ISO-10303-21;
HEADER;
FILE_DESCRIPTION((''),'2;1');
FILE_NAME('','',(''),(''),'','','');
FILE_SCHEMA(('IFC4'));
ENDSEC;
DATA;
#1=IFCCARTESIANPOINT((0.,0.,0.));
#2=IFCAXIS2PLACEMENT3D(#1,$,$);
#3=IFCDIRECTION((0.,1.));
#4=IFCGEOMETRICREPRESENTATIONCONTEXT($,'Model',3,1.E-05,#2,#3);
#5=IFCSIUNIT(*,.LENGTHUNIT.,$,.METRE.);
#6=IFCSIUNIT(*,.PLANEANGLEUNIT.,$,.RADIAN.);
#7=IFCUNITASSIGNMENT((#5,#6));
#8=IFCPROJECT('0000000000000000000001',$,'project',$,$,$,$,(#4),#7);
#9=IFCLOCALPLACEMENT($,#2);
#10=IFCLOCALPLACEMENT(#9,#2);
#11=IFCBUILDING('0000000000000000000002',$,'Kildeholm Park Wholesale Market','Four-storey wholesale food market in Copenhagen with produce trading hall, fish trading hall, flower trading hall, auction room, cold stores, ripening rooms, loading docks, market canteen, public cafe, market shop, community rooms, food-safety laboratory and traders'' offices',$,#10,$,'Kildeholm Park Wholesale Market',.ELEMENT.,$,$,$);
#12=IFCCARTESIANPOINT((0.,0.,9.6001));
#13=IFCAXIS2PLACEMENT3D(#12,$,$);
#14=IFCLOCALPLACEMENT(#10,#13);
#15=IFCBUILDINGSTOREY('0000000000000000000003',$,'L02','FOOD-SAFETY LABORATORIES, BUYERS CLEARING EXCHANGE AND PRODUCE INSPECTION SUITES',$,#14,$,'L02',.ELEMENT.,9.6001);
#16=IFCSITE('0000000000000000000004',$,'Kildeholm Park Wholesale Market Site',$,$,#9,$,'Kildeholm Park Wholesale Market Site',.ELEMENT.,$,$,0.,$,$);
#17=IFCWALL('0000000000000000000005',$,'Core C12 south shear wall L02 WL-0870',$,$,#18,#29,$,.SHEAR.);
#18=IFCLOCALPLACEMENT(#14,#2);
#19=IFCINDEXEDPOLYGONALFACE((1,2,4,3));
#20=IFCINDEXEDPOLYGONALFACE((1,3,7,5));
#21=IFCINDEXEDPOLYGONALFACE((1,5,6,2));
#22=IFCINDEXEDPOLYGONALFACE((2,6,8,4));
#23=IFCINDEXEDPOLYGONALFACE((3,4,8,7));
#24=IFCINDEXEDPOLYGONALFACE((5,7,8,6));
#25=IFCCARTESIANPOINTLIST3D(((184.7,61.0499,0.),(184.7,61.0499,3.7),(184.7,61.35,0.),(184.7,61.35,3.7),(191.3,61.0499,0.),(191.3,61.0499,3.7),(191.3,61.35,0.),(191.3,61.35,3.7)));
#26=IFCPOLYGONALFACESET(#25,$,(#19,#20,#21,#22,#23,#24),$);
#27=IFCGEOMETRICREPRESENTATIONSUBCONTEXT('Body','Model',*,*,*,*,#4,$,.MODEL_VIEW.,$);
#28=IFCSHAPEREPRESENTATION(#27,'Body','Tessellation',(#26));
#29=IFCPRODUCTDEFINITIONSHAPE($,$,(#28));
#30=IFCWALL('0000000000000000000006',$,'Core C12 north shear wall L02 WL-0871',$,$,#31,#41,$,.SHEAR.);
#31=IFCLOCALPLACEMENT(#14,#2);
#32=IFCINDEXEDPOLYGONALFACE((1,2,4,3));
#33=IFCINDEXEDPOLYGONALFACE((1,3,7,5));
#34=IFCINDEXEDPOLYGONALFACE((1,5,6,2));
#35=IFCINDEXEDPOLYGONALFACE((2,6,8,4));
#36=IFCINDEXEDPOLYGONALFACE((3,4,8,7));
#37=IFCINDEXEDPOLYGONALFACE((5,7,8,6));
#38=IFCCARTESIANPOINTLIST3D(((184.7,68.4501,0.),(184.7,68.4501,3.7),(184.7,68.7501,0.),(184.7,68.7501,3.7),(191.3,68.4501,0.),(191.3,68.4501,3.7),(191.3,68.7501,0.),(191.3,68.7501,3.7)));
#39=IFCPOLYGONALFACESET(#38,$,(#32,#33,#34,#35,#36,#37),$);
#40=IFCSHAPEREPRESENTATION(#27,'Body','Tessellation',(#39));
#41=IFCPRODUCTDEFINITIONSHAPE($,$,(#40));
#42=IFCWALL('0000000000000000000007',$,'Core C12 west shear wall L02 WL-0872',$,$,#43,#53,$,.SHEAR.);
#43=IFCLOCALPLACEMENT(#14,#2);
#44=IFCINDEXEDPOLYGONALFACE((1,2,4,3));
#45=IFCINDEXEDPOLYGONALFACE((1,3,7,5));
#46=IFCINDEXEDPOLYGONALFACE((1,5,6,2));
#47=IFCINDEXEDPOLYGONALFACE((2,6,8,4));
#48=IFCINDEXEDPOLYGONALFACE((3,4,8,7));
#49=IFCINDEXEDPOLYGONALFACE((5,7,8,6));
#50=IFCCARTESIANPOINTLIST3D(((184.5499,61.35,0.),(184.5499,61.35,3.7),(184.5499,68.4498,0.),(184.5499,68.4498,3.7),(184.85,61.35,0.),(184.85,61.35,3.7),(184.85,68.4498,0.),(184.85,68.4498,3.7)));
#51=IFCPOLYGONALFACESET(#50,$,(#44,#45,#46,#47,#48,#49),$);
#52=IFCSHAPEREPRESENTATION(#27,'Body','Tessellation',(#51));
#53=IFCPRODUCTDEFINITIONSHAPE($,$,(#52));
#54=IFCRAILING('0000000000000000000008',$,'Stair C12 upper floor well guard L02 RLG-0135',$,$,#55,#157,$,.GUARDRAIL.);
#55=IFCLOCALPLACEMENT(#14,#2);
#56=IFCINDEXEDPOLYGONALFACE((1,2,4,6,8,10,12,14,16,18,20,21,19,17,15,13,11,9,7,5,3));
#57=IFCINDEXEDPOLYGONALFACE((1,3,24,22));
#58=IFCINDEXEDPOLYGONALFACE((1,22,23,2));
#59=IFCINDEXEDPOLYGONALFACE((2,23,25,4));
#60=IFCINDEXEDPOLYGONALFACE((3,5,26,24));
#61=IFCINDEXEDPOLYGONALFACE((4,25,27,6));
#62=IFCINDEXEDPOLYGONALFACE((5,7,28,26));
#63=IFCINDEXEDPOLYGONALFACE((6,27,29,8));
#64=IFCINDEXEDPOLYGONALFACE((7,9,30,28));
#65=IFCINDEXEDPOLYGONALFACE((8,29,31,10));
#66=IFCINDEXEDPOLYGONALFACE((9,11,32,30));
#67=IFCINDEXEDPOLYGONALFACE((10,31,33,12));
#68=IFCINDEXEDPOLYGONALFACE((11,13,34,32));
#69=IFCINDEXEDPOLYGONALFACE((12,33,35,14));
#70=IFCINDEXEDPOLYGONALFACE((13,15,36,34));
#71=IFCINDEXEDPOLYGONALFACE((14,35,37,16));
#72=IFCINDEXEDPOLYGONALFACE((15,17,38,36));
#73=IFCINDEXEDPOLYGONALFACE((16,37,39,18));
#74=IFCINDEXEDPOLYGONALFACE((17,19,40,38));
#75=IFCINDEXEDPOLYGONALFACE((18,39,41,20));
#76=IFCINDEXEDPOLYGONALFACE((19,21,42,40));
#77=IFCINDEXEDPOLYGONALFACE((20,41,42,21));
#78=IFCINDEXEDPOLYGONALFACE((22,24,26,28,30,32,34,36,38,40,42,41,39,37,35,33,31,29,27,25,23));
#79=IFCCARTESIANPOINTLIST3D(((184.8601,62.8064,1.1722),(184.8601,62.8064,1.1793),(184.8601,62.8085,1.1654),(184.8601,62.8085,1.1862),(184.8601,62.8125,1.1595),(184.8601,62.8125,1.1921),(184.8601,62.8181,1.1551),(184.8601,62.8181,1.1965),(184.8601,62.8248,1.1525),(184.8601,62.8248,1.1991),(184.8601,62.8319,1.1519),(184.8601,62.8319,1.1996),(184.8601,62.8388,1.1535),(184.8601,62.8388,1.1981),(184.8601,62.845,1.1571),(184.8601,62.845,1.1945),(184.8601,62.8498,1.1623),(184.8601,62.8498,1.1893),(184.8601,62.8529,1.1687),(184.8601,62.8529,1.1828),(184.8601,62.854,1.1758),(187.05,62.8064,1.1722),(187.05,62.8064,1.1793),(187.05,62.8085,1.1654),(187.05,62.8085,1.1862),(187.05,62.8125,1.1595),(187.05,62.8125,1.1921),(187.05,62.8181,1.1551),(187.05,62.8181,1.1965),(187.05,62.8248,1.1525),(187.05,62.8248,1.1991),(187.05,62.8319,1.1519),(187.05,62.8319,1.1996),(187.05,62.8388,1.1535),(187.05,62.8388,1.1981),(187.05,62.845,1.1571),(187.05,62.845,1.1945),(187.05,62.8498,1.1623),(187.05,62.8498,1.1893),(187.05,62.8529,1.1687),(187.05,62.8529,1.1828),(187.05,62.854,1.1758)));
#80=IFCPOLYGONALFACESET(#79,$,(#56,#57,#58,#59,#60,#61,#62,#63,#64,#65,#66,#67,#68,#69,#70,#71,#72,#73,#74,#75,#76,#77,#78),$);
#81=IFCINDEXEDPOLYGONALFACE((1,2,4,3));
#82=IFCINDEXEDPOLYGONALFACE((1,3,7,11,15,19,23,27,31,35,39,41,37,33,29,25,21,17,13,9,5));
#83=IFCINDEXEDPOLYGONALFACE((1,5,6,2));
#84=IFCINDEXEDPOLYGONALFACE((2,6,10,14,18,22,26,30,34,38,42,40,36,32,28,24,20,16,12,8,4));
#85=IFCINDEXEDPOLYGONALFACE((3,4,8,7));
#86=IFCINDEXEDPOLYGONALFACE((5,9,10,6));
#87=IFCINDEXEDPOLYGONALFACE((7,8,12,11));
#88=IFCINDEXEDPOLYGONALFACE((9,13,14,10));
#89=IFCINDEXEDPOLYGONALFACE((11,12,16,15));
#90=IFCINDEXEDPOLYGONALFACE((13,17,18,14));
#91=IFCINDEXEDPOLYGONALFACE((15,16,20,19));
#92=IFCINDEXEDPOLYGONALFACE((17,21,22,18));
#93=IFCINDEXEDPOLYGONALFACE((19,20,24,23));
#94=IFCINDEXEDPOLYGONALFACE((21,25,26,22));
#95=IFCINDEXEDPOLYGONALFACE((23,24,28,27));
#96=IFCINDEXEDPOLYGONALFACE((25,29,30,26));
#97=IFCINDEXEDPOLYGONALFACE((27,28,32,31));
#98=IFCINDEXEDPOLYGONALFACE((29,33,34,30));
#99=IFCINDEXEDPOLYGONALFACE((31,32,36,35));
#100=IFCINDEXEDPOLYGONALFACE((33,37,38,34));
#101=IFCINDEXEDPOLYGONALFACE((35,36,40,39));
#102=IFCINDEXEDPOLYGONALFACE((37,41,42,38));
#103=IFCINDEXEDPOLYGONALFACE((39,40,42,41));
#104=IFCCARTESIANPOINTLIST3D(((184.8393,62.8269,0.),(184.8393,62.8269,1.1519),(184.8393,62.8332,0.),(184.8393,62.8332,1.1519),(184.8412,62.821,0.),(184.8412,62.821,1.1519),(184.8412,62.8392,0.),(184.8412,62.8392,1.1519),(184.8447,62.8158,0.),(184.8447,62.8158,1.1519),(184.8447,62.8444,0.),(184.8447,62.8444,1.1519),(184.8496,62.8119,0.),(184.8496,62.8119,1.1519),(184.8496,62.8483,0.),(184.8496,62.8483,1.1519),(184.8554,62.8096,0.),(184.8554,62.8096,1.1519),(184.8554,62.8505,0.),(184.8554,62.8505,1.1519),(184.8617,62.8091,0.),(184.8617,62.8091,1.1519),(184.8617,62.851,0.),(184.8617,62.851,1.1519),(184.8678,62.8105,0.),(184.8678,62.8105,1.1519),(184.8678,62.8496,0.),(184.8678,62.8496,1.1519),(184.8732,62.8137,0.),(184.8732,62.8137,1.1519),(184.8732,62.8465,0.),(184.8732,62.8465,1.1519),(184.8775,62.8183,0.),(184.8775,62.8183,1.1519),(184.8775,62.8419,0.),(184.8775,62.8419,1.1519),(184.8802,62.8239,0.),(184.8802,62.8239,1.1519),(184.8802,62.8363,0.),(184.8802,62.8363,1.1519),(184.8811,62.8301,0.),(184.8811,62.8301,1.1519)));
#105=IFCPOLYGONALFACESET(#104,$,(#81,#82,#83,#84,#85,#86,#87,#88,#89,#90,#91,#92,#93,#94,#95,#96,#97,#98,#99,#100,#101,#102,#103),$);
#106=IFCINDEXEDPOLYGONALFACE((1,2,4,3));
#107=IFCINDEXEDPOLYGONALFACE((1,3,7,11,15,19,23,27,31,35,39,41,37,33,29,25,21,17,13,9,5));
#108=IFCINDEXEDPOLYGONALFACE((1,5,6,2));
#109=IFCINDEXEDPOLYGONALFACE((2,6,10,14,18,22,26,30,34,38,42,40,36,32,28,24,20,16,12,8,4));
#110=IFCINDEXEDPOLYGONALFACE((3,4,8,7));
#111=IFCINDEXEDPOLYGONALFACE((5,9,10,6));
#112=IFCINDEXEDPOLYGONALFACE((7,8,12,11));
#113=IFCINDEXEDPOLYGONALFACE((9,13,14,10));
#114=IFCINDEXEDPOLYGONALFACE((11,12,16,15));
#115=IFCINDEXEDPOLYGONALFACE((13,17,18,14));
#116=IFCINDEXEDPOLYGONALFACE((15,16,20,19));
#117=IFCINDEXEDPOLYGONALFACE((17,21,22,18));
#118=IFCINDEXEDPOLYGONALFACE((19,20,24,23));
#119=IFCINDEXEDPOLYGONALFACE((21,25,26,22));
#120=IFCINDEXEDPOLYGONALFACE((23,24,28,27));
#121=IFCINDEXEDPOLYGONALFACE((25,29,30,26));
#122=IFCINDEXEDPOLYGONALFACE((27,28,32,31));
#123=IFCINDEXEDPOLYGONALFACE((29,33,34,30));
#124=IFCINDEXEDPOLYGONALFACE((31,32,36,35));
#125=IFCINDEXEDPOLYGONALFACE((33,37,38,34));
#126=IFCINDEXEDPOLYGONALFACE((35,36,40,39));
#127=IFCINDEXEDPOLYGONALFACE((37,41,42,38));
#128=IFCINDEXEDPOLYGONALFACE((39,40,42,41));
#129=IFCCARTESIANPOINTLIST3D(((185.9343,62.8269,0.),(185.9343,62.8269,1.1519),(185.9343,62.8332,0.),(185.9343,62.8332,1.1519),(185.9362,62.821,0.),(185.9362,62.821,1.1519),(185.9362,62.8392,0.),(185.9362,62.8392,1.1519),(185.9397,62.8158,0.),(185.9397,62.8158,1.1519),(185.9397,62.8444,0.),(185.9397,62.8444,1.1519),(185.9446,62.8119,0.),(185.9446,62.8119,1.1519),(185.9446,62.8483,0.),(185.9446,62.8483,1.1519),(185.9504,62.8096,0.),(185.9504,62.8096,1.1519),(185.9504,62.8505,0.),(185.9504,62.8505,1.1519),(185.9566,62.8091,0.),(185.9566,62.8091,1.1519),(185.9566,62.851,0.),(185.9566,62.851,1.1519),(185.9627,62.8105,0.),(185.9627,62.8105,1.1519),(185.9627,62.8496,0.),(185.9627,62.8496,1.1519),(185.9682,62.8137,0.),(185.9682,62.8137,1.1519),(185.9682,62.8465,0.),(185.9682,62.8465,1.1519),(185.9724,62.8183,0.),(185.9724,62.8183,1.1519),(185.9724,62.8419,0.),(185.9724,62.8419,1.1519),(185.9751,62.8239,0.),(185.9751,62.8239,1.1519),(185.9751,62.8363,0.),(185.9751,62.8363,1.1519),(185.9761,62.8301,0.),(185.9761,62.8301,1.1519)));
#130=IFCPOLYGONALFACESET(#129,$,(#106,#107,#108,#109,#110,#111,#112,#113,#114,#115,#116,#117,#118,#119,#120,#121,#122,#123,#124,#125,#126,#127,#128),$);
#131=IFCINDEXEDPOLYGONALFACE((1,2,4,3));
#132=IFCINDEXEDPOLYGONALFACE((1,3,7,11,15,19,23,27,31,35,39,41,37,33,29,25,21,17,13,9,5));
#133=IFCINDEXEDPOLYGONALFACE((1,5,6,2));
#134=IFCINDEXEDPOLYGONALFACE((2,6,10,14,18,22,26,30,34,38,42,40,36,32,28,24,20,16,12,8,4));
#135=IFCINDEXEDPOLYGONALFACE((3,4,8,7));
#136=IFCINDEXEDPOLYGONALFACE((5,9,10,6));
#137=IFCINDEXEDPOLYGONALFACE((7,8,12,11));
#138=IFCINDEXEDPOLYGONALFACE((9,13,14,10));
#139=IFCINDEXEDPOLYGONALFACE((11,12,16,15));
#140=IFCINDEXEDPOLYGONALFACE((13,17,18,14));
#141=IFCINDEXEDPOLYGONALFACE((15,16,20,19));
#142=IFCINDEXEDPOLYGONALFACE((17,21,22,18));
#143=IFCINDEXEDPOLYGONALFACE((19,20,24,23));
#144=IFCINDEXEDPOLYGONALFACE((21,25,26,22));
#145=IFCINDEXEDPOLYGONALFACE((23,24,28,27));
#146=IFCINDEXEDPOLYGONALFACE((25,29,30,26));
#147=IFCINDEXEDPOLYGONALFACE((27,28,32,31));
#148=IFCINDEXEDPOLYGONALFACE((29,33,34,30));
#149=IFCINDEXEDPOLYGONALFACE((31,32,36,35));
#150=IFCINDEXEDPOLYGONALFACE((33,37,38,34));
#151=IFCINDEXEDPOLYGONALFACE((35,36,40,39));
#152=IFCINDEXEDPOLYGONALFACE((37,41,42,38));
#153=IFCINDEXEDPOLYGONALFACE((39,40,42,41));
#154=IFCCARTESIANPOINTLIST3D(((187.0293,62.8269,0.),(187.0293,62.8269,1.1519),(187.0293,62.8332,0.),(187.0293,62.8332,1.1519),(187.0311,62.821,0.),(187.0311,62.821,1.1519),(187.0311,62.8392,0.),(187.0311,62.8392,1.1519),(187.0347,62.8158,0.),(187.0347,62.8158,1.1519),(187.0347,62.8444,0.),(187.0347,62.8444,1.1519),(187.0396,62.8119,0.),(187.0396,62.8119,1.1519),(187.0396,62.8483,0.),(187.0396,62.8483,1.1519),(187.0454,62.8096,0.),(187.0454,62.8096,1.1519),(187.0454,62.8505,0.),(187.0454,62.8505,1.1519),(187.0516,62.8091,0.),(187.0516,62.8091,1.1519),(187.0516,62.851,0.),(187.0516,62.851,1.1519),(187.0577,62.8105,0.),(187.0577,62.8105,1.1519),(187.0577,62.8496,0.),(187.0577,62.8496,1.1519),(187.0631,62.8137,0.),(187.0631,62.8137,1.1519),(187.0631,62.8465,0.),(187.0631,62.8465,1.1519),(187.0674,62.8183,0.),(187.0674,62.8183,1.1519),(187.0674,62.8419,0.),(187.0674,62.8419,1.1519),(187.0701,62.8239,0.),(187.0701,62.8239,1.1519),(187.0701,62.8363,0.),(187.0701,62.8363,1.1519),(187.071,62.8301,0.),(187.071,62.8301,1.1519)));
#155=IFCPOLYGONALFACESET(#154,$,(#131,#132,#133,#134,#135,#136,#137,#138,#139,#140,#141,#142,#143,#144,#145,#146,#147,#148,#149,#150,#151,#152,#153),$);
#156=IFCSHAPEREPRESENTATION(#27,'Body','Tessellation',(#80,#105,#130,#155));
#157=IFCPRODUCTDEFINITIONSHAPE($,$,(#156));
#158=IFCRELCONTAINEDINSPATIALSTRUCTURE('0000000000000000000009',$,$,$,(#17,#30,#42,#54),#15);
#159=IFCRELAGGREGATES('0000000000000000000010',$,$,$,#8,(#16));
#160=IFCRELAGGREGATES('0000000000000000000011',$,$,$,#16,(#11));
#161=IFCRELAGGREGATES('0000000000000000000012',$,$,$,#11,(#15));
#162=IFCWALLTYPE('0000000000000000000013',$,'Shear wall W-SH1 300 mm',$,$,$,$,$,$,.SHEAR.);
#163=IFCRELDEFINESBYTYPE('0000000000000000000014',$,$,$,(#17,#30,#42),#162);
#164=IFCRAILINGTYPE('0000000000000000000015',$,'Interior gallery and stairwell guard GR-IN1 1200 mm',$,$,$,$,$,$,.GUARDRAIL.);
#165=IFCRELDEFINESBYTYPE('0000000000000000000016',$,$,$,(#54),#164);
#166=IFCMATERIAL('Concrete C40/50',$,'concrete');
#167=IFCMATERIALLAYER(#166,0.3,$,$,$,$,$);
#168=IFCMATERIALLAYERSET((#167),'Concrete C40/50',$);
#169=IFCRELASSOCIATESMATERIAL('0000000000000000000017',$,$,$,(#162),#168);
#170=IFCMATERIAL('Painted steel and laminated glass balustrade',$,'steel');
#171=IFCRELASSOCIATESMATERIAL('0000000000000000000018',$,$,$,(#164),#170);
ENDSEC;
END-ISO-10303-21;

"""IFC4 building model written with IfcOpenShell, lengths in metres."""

from ifc_helpers import new_model, si_unit, direction, frame, frame_2d, origin, origin_2d, place, context, subcontext, project, spatial, rectangle, circle, extrude, material, layer, layer_set, type_object, element, save


model = new_model("IFC4")

# Units and contexts
model_context = context("Model", 3, precision=1e-05, world=origin(), true_north=direction((0.0, 1.0)))
body_context = subcontext(model_context, "Body", "Model", "MODEL_VIEW")
ifc_project = project(units=[si_unit("LENGTHUNIT", "METRE"), si_unit("PLANEANGLEUNIT", "RADIAN")], contexts=[model_context])

# Site, building, storey
site_placement = place(None, origin())
site = spatial("IfcSite", under=ifc_project, at=site_placement, Name="Kildeholm Park Wholesale Market Site", LongName="Kildeholm Park Wholesale Market Site", CompositionType="ELEMENT", RefElevation=0.0)
building_placement = place(site_placement, origin())
building = spatial("IfcBuilding", under=site, at=building_placement, Name="Kildeholm Park Wholesale Market", Description="Four-storey wholesale food market in Copenhagen with produce trading hall, fish trading hall, flower trading hall, auction room, cold stores, ripening rooms, loading docks, market canteen, public cafe, market shop, community rooms, food-safety laboratory and traders' offices", LongName="Kildeholm Park Wholesale Market", CompositionType="ELEMENT")
storey_placement = place(building_placement, frame((0.0, 0.0, 9.6001)))
storey = spatial("IfcBuildingStorey", under=building, at=storey_placement, Name="L02", Description="FOOD-SAFETY LABORATORIES, BUYERS CLEARING EXCHANGE AND PRODUCE INSPECTION SUITES", LongName="L02", CompositionType="ELEMENT", Elevation=9.6001)

# Walls
ifc_material_1 = material(Name="Concrete C40/50", Category="concrete")
ifc_layer_1 = layer(ifc_material_1, 0.3)
ifc_layer_set_1 = layer_set([ifc_layer_1], Name="Concrete C40/50")
wall_type_1 = type_object("IfcWallType", Name="Shear wall W-SH1 300 mm", PredefinedType="SHEAR", material=ifc_layer_set_1)
for number, where, z_axis, x_axis, name in (
    (1, (184.7, 61.2, 0.0), (0.0, 0.0, 1.0), (1.0, 0.0, 0.0), "Core C12 south shear wall L02 WL-0870"),
    (2, (184.7, 68.6001, 0.0), (0.0, 0.0, 1.0), (1.0, 0.0, 0.0), "Core C12 north shear wall L02 WL-0871"),
):
    element("IfcWall", number, at=place(storey_placement, frame(where, z_axis=z_axis, x_axis=x_axis)), inside=storey, type_object=wall_type_1, Name=name, PredefinedType="SHEAR", context=body_context, shape_type="SweptSolid", body=[
        extrude(rectangle(XDim=6.6001, YDim=0.3, at=frame_2d((3.3, 0.0))), origin(), (0.0, 0.0, 1.0), 3.7),
    ])
wall_1_placement = place(storey_placement, frame((184.7, 61.3501, 0.0), z_axis=(0.0, 0.0, 1.0), x_axis=(0.0, 1.0, 0.0)))
element("IfcWall", 3, at=wall_1_placement, inside=storey, type_object=wall_type_1, Name="Core C12 west shear wall L02 WL-0872", PredefinedType="SHEAR", context=body_context, shape_type="SweptSolid", body=[
    extrude(rectangle(XDim=7.0999, YDim=0.3, at=frame_2d((3.5498, 0.0))), origin(), (0.0, 0.0, 1.0), 3.7),
])

# Railing
ifc_material_2 = material(Name="Painted steel and laminated glass balustrade", Category="steel")
railing_type = type_object("IfcRailingType", Name="Interior gallery and stairwell guard GR-IN1 1200 mm", PredefinedType="GUARDRAIL", material=ifc_material_2)
railing_placement = place(storey_placement, frame((184.8601, 62.8301, 0.0)))
element("IfcRailing", 4, at=railing_placement, inside=storey, type_object=railing_type, Name="Stair C12 upper floor well guard L02 RLG-0135", PredefinedType="GUARDRAIL", context=body_context, shape_type="SweptSolid", body=[
    extrude(circle(Radius=0.0239, at=origin_2d()), frame((0.0, 0.0, 1.1758), z_axis=(1.0, 0.0, 0.0), x_axis=(0.0, 1.0, 0.0)), (0.0, 0.0, 1.0), 2.1899),
    extrude(circle(Radius=0.021, at=origin_2d()), origin(), (0.0, 0.0, 1.0), 1.1519),
    extrude(circle(Radius=0.021, at=origin_2d()), frame((1.095, 0.0, 0.0)), (0.0, 0.0, 1.0), 1.1519),
    extrude(circle(Radius=0.021, at=origin_2d()), frame((2.1899, 0.0, 0.0)), (0.0, 0.0, 1.0), 1.1519),
])

save(model, "model.ifc")
